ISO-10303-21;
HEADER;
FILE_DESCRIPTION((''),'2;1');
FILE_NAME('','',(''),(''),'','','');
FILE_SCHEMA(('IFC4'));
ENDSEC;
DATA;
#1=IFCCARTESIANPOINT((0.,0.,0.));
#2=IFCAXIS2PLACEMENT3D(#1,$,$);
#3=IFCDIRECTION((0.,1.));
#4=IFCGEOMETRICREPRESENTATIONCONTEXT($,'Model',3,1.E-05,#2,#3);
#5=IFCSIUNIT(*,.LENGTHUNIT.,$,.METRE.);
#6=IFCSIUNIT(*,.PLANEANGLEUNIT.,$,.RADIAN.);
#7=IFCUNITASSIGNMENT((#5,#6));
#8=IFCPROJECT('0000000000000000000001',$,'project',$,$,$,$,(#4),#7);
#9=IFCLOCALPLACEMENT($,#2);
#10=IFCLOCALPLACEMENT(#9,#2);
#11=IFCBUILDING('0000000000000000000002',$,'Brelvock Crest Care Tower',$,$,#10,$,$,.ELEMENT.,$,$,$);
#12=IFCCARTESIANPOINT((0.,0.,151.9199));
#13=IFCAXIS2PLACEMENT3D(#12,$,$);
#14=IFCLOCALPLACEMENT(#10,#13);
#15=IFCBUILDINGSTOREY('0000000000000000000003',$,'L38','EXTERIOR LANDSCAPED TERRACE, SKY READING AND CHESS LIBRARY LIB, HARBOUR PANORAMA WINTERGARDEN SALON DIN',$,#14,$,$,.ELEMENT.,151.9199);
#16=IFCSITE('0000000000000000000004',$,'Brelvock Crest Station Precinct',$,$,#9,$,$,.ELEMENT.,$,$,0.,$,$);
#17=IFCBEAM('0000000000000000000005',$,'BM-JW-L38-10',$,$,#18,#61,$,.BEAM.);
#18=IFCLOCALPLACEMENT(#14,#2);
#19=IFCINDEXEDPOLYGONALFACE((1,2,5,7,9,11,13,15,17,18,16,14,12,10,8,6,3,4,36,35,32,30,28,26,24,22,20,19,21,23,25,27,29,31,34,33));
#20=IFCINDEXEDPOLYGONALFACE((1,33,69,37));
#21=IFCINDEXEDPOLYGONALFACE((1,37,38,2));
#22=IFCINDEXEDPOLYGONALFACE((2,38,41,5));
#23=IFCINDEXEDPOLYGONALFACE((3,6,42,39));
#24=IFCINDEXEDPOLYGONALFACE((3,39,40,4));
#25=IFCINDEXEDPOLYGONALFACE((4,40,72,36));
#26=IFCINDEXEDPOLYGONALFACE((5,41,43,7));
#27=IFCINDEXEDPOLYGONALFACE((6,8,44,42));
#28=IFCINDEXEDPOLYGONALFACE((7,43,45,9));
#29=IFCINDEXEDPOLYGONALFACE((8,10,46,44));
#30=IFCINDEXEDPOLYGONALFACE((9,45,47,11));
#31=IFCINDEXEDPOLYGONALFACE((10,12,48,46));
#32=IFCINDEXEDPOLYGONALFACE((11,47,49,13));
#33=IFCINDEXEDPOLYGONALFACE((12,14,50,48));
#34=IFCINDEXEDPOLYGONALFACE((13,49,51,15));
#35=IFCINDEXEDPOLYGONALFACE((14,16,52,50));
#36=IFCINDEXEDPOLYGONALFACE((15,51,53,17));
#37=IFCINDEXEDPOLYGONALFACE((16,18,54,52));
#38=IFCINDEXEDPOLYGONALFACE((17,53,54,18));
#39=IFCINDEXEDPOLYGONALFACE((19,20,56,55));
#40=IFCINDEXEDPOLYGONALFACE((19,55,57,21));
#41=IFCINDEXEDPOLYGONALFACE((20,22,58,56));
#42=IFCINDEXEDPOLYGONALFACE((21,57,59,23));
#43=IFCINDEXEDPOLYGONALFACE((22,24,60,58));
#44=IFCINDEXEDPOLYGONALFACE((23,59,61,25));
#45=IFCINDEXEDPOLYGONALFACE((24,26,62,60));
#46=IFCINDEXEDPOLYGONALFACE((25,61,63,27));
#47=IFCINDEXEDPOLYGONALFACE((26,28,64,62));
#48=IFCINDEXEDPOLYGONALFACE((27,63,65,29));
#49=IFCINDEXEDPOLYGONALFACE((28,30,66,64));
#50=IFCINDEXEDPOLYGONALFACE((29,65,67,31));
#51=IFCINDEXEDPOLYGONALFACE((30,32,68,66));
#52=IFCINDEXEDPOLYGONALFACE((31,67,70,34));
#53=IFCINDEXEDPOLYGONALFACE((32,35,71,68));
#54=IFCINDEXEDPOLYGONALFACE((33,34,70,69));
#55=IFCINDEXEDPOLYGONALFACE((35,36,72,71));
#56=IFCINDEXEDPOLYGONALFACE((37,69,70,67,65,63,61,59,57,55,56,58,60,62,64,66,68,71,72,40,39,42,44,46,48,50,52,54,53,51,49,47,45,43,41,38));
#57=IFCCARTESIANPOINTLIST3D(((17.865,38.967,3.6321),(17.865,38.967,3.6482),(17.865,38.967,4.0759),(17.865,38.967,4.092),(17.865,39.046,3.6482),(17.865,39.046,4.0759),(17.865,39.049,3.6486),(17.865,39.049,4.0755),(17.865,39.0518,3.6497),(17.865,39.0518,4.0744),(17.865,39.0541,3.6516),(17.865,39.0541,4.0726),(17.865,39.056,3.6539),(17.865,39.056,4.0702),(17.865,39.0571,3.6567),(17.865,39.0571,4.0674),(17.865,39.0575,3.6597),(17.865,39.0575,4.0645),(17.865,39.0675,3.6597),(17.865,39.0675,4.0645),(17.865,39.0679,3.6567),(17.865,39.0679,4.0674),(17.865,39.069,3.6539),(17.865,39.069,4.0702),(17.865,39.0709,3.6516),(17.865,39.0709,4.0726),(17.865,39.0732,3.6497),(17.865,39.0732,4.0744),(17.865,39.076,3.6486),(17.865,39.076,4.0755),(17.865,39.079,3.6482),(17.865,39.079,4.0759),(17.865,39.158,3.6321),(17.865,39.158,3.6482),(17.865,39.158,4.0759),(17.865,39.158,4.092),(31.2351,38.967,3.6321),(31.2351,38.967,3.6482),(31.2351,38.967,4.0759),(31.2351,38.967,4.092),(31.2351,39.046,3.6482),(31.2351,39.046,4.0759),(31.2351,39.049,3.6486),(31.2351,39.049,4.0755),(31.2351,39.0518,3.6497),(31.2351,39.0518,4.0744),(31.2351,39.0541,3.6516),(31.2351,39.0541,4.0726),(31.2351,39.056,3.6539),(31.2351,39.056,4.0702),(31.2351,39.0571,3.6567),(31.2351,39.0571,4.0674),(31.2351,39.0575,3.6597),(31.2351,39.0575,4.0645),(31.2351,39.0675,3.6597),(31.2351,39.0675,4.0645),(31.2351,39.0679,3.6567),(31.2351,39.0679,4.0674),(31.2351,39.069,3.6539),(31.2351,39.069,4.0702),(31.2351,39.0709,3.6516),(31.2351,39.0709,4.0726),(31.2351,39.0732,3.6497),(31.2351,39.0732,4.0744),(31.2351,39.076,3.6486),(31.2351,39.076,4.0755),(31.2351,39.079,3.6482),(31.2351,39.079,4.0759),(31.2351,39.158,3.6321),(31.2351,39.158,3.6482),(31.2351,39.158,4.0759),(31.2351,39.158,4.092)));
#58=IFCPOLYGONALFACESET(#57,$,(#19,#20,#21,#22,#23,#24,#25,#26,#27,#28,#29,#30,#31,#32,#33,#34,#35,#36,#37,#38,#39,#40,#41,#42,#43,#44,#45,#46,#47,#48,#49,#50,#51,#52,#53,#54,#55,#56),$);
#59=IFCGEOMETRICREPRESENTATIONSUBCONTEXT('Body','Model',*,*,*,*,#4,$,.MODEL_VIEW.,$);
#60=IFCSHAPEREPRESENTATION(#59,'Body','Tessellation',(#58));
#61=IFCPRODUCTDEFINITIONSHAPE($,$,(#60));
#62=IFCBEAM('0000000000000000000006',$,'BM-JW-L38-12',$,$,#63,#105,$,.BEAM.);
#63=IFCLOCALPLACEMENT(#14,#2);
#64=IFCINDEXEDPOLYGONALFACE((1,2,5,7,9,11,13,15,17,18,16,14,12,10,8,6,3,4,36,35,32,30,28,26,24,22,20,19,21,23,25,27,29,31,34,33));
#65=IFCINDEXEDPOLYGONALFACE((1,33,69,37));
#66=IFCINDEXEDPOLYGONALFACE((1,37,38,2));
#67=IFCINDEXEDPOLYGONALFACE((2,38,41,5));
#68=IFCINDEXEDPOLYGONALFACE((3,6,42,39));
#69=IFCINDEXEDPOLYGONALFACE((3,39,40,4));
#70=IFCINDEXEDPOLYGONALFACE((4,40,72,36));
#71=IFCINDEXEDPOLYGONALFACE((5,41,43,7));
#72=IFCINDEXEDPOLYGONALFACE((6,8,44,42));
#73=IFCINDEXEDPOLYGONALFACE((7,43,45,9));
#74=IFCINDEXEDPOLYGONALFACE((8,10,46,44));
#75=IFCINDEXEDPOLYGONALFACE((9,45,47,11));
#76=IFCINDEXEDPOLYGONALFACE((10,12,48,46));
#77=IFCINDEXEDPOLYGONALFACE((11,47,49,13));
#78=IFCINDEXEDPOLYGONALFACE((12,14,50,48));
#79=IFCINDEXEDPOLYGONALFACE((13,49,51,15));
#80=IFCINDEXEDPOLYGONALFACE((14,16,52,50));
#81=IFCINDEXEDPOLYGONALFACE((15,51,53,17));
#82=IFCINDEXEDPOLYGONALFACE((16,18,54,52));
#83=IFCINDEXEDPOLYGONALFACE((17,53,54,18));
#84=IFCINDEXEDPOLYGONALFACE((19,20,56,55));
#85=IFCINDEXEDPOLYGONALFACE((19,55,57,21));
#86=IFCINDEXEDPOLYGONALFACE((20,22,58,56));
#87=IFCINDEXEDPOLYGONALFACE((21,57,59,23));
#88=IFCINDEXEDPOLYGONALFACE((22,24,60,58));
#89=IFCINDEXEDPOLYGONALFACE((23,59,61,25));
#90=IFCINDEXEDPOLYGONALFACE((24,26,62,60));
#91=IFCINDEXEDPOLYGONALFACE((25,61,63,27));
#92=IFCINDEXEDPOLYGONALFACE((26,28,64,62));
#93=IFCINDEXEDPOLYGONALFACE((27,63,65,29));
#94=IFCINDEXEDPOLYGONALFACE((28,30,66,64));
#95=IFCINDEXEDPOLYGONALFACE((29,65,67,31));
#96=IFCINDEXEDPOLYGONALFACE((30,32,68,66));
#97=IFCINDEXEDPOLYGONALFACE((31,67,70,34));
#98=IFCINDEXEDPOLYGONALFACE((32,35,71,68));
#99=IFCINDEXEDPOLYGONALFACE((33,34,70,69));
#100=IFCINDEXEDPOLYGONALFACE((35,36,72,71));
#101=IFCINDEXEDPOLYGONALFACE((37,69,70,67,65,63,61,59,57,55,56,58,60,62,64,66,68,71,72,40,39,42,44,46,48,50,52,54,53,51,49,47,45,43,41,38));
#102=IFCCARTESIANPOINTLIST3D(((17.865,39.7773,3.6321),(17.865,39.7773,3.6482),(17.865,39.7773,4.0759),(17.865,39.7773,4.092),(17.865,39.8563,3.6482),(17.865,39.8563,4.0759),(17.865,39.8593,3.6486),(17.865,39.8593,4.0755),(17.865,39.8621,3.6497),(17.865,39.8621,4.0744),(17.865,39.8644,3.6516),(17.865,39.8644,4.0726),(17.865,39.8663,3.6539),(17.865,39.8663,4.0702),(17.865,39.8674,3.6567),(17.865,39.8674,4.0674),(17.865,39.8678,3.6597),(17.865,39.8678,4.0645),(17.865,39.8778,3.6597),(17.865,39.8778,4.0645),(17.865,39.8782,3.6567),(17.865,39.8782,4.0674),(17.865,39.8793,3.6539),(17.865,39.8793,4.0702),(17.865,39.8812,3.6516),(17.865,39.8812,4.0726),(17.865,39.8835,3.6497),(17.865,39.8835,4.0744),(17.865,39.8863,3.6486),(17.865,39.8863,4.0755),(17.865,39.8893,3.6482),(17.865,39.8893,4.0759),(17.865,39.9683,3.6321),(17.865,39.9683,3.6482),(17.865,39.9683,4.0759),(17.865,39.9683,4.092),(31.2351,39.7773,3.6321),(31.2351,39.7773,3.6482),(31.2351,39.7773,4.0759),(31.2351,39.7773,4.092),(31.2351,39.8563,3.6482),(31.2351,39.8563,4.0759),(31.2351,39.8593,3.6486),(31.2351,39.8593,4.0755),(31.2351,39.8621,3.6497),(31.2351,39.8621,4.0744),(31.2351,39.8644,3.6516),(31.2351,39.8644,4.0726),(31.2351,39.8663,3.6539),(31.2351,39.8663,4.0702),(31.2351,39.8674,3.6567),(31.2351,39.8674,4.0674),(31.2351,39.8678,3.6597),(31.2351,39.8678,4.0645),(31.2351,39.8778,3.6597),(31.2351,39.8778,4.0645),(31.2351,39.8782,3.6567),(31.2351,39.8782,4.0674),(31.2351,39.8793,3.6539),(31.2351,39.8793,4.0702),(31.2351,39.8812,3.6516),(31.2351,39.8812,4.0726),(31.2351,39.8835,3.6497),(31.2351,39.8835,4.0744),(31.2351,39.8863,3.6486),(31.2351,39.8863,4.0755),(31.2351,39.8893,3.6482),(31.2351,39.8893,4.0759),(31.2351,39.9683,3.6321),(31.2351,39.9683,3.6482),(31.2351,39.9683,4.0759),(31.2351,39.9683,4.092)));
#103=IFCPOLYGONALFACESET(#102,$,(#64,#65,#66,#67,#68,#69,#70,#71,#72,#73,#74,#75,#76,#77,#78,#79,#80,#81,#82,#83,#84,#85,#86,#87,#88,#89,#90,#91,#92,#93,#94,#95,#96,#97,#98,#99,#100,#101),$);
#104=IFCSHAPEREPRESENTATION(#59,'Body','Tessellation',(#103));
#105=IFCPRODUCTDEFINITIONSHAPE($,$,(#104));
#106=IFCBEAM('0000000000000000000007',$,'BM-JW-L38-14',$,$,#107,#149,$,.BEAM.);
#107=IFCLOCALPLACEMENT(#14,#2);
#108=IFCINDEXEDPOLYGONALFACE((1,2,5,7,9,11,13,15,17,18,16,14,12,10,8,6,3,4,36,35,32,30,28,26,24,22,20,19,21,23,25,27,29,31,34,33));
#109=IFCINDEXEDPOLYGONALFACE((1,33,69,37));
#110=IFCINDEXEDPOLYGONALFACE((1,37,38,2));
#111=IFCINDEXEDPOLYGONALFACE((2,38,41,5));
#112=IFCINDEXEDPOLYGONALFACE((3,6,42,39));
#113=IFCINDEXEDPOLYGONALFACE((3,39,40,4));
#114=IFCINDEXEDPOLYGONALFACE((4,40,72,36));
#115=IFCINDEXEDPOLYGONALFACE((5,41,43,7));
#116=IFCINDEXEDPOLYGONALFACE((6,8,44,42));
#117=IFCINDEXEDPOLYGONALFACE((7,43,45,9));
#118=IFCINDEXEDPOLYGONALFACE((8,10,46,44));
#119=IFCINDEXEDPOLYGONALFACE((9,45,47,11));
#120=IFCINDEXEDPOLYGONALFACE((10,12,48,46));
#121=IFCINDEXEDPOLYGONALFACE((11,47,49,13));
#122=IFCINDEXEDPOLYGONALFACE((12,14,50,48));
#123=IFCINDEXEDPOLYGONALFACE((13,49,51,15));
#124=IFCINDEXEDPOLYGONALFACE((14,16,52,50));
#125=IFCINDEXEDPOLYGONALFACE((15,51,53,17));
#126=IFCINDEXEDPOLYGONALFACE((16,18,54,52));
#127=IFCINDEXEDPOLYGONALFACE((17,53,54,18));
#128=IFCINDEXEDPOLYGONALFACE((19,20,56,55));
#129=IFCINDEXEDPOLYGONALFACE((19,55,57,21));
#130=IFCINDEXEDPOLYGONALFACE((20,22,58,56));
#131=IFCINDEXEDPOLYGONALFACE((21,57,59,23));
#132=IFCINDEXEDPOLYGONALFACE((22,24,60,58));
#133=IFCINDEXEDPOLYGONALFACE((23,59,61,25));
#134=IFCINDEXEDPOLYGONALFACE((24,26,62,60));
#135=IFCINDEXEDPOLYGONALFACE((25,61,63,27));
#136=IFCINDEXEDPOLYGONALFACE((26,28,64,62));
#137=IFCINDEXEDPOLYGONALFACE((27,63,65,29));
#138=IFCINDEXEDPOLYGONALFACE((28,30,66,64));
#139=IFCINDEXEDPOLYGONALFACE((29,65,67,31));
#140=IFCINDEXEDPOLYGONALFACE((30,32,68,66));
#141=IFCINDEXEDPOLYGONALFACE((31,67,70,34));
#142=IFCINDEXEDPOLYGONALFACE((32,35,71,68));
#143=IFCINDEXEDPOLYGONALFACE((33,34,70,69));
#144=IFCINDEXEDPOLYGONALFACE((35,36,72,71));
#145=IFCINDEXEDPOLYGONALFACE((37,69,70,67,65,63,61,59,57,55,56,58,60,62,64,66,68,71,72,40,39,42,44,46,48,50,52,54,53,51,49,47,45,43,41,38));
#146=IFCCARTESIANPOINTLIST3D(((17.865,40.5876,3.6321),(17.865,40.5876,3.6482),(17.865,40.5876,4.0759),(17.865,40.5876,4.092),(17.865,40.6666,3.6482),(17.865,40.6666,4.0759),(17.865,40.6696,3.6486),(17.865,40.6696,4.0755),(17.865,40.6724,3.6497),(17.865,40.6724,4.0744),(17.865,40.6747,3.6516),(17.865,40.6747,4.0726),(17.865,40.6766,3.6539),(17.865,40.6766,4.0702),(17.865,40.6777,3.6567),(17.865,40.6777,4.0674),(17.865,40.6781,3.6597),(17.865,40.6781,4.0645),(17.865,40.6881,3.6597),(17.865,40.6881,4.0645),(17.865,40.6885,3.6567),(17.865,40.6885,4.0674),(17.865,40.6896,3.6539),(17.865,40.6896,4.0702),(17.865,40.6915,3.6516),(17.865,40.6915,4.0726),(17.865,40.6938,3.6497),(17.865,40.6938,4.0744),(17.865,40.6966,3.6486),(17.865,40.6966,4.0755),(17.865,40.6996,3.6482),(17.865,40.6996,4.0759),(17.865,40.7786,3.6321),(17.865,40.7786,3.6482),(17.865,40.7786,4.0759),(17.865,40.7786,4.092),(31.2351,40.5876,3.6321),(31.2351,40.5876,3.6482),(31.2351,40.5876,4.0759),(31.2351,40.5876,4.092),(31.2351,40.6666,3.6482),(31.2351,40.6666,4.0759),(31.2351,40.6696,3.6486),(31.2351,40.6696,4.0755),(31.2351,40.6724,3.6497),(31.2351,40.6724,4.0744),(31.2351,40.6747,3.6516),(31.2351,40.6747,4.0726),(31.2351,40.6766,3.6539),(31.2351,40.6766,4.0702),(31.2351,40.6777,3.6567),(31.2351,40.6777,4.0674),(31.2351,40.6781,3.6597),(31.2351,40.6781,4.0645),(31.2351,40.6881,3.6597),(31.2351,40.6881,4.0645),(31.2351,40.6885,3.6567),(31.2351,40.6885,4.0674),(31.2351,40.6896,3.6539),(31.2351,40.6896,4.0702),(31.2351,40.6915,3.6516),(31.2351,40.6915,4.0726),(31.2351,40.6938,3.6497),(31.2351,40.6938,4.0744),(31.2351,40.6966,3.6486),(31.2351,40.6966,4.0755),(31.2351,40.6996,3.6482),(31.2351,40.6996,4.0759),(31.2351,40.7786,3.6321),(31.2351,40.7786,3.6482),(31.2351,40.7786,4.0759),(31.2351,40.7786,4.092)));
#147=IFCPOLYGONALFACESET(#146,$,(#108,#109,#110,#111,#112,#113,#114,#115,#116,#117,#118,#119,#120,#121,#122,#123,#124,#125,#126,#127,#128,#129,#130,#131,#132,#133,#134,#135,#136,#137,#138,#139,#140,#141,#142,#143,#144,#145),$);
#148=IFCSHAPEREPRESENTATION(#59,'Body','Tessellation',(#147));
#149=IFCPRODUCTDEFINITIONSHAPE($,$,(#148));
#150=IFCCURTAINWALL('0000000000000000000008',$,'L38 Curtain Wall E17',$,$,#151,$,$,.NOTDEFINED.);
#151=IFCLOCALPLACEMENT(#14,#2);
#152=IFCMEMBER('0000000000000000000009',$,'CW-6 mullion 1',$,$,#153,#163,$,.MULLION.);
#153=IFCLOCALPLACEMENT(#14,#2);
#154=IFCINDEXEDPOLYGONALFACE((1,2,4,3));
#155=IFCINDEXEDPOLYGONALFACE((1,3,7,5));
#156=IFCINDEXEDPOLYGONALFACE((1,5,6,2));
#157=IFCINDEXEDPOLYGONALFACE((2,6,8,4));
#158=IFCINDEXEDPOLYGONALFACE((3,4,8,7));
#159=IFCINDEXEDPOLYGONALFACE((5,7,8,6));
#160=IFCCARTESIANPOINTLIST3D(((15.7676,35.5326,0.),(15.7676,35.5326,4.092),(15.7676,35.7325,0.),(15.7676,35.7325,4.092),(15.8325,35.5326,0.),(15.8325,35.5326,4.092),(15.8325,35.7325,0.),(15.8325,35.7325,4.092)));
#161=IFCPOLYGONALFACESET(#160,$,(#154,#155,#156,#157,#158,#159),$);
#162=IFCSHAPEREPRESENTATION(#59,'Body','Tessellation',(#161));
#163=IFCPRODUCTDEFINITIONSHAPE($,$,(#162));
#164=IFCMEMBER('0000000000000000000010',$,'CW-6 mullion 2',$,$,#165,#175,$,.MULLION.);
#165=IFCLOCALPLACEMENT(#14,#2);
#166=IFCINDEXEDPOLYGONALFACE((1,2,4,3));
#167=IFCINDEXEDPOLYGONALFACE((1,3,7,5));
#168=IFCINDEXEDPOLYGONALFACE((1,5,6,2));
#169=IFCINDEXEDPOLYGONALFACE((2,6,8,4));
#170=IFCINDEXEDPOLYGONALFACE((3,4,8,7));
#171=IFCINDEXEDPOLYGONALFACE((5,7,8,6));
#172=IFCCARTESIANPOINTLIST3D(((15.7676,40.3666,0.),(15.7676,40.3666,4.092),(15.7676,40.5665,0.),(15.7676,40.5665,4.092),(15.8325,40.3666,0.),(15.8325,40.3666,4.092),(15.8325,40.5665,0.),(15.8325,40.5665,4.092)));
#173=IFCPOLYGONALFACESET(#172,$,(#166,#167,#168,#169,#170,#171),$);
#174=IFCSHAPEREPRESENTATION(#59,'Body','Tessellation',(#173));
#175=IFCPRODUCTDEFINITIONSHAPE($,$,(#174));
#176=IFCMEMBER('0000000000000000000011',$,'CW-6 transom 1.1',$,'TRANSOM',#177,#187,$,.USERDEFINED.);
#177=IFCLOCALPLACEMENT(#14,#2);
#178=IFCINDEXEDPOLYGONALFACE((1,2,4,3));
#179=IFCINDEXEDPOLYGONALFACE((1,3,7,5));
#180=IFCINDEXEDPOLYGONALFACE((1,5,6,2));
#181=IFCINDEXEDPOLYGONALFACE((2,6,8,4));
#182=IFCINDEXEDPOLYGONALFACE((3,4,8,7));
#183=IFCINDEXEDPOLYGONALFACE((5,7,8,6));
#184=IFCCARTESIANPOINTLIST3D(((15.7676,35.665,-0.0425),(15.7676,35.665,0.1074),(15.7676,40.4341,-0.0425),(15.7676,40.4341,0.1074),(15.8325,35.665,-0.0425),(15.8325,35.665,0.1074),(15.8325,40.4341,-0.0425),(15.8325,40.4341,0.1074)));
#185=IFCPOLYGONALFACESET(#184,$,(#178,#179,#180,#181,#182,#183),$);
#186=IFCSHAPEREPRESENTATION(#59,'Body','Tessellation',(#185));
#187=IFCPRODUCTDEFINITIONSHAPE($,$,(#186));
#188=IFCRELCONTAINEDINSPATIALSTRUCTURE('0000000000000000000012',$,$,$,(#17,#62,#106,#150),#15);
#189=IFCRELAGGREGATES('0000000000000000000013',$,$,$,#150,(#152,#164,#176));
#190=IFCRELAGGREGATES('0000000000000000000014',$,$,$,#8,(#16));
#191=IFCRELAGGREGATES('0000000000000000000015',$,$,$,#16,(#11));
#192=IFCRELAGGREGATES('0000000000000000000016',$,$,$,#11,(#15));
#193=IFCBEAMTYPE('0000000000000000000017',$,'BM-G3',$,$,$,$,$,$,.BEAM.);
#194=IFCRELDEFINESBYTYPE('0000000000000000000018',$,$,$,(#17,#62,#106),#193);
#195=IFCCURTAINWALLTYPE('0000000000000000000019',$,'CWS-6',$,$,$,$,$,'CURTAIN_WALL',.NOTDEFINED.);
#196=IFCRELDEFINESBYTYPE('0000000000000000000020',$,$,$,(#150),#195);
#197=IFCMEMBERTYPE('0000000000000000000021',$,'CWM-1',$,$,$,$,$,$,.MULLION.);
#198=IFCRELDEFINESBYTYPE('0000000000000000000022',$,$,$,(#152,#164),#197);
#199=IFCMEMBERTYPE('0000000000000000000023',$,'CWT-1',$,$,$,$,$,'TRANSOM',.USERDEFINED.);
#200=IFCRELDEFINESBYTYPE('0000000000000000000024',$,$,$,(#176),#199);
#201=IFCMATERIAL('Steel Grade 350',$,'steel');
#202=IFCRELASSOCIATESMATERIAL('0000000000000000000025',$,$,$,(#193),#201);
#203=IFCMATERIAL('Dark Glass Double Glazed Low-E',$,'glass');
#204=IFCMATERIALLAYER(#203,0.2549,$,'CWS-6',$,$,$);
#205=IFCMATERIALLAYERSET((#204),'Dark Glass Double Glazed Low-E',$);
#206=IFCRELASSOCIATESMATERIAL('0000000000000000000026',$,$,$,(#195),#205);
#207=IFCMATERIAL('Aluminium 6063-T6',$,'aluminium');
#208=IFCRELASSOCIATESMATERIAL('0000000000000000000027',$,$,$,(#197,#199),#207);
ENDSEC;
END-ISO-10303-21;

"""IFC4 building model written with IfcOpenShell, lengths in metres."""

from ifc_helpers import new_model, si_unit, direction, frame, origin, origin_2d, place, context, subcontext, project, spatial, rectangle, i_section, extrude, source, transform, mapped, material, layer, layer_set, material_profile, profile_set, type_object, element, aggregate, save


model = new_model("IFC4")

# Units and contexts
model_context = context("Model", 3, precision=1e-05, world=origin(), true_north=direction((0.0, 1.0)))
body_context = subcontext(model_context, "Body", "Model", "MODEL_VIEW")
ifc_project = project(units=[si_unit("LENGTHUNIT", "METRE"), si_unit("PLANEANGLEUNIT", "RADIAN")], contexts=[model_context])

# Site, building, storey
site_placement = place(None, origin())
site = spatial("IfcSite", under=ifc_project, at=site_placement, Name="Brelvock Crest Station Precinct", CompositionType="ELEMENT", RefElevation=0.0)
building_placement = place(site_placement, origin())
building = spatial("IfcBuilding", under=site, at=building_placement, Name="Brelvock Crest Care Tower", CompositionType="ELEMENT")
storey_placement = place(building_placement, frame((0.0, 0.0, 151.9199)))
storey = spatial("IfcBuildingStorey", under=building, at=storey_placement, Name="L38", Description="EXTERIOR LANDSCAPED TERRACE, SKY READING AND CHESS LIBRARY LIB, HARBOUR PANORAMA WINTERGARDEN SALON DIN", CompositionType="ELEMENT", Elevation=151.9199)

# Shared definitions
ifc_material_1 = material(Name="Steel Grade 350", Category="steel")

# Beams
ifc_material_profile_1 = material_profile(ifc_material_1, i_section(OverallWidth=0.1909, OverallDepth=0.46, WebThickness=0.01, FlangeThickness=0.0161, FilletRadius=0.0115, at=origin_2d()), Name="460UB82.1")
ifc_profile_set_1 = profile_set([ifc_material_profile_1], Name="Steel Grade 350")
beam_type_1 = type_object("IfcBeamType", Name="BM-G3", PredefinedType="BEAM", material=ifc_profile_set_1)
shared_shape_1 = source(origin(), body_context, "Body", "SweptSolid", [
    extrude(i_section(OverallWidth=0.1909, OverallDepth=0.46, WebThickness=0.01, FlangeThickness=0.0161, FilletRadius=0.0115, at=origin_2d()), origin(), (0.0, 0.0, 1.0), 13.3701),
])
for number, where, z_axis, x_axis, name in (
    (1, (17.865, 39.0625, 3.8621), (1.0, 0.0, 0.0), (0.0, 1.0, 0.0), "BM-JW-L38-10"),
    (2, (17.865, 39.8728, 3.8621), (1.0, 0.0, 0.0), (0.0, 1.0, 0.0), "BM-JW-L38-12"),
    (3, (17.865, 40.6831, 3.8621), (1.0, 0.0, 0.0), (0.0, 1.0, 0.0), "BM-JW-L38-14"),
):
    element("IfcBeam", number, at=place(storey_placement, frame(where, z_axis=z_axis, x_axis=x_axis)), inside=storey, type_object=beam_type_1, Name=name, PredefinedType="BEAM", context=body_context, shape_type="MappedRepresentation", body=[
        mapped(shared_shape_1, transform((0.0, 0.0, 0.0), x_axis=(1.0, 0.0, 0.0), y_axis=(0.0, 1.0, 0.0), z_axis=(0.0, 0.0, 1.0), scale=1.0)),
    ])

# Curtain wall, members
ifc_material_2 = material(Name="Dark Glass Double Glazed Low-E", Category="glass")
ifc_layer_1 = layer(ifc_material_2, 0.2549, Name="CWS-6")
ifc_layer_set_1 = layer_set([ifc_layer_1], Name="Dark Glass Double Glazed Low-E")
curtain_wall_type = type_object("IfcCurtainWallType", Name="CWS-6", ElementType="CURTAIN_WALL", PredefinedType="NOTDEFINED", material=ifc_layer_set_1)
curtain_wall_placement = place(storey_placement, origin())
curtain_wall = element("IfcCurtainWall", 4, at=curtain_wall_placement, inside=storey, type_object=curtain_wall_type, Name="L38 Curtain Wall E17", PredefinedType="NOTDEFINED")
ifc_material_3 = material(Name="Aluminium 6063-T6", Category="aluminium")
ifc_material_profile_2 = material_profile(ifc_material_3, rectangle(XDim=0.0649, YDim=0.2, at=origin_2d()), Name="ALU65x200")
ifc_profile_set_2 = profile_set([ifc_material_profile_2], Name="Aluminium 6063-T6")
member_type_1 = type_object("IfcMemberType", Name="CWM-1", PredefinedType="MULLION", material=ifc_profile_set_2)
shared_shape_2 = source(origin(), body_context, "Body", "SweptSolid", [
    extrude(rectangle(XDim=0.0649, YDim=0.2, at=origin_2d()), origin(), (0.0, 0.0, 1.0), 4.092),
])
member_1_placement = place(storey_placement, frame((15.8, 35.6326, 0.0), z_axis=(0.0, 0.0, 1.0), x_axis=(-1.0, 0.0, 0.0)))
member_1 = element("IfcMember", 5, at=member_1_placement, type_object=member_type_1, Name="CW-6 mullion 1", PredefinedType="MULLION", context=body_context, shape_type="MappedRepresentation", body=[
    mapped(shared_shape_2, transform((0.0, 0.0, 0.0), x_axis=(1.0, 0.0, 0.0), y_axis=(0.0, 1.0, 0.0), z_axis=(0.0, 0.0, 1.0), scale=1.0)),
])
member_2_placement = place(storey_placement, frame((15.8, 40.4666, 0.0), z_axis=(0.0, 0.0, 1.0), x_axis=(-1.0, 0.0, 0.0)))
member_2 = element("IfcMember", 6, at=member_2_placement, type_object=member_type_1, Name="CW-6 mullion 2", PredefinedType="MULLION", context=body_context, shape_type="MappedRepresentation", body=[
    mapped(shared_shape_2, transform((0.0, 0.0, 0.0), x_axis=(1.0, 0.0, 0.0), y_axis=(0.0, 1.0, 0.0), z_axis=(0.0, 0.0, 1.0), scale=1.0)),
])
ifc_material_profile_3 = material_profile(ifc_material_3, rectangle(XDim=0.0649, YDim=0.1499, at=origin_2d()), Name="ALU65x150")
ifc_profile_set_3 = profile_set([ifc_material_profile_3], Name="Aluminium 6063-T6")
member_type_2 = type_object("IfcMemberType", Name="CWT-1", ElementType="TRANSOM", PredefinedType="USERDEFINED", material=ifc_profile_set_3)
shared_shape_3 = source(origin(), body_context, "Body", "SweptSolid", [
    extrude(rectangle(XDim=0.0649, YDim=0.1499, at=origin_2d()), origin(), (0.0, 0.0, 1.0), 4.769),
])
member_3_placement = place(storey_placement, frame((15.8, 35.665, 0.0325), z_axis=(0.0, 1.0, 0.0), x_axis=(-1.0, 0.0, 0.0)))
member_3 = element("IfcMember", 7, at=member_3_placement, type_object=member_type_2, Name="CW-6 transom 1.1", ObjectType="TRANSOM", PredefinedType="USERDEFINED", context=body_context, shape_type="MappedRepresentation", body=[
    mapped(shared_shape_3, transform((0.0, 0.0, 0.0), x_axis=(1.0, 0.0, 0.0), y_axis=(0.0, 1.0, 0.0), z_axis=(0.0, 0.0, 1.0), scale=1.0)),
])
aggregate(curtain_wall, [member_1, member_2, member_3])

save(model, "model.ifc")
